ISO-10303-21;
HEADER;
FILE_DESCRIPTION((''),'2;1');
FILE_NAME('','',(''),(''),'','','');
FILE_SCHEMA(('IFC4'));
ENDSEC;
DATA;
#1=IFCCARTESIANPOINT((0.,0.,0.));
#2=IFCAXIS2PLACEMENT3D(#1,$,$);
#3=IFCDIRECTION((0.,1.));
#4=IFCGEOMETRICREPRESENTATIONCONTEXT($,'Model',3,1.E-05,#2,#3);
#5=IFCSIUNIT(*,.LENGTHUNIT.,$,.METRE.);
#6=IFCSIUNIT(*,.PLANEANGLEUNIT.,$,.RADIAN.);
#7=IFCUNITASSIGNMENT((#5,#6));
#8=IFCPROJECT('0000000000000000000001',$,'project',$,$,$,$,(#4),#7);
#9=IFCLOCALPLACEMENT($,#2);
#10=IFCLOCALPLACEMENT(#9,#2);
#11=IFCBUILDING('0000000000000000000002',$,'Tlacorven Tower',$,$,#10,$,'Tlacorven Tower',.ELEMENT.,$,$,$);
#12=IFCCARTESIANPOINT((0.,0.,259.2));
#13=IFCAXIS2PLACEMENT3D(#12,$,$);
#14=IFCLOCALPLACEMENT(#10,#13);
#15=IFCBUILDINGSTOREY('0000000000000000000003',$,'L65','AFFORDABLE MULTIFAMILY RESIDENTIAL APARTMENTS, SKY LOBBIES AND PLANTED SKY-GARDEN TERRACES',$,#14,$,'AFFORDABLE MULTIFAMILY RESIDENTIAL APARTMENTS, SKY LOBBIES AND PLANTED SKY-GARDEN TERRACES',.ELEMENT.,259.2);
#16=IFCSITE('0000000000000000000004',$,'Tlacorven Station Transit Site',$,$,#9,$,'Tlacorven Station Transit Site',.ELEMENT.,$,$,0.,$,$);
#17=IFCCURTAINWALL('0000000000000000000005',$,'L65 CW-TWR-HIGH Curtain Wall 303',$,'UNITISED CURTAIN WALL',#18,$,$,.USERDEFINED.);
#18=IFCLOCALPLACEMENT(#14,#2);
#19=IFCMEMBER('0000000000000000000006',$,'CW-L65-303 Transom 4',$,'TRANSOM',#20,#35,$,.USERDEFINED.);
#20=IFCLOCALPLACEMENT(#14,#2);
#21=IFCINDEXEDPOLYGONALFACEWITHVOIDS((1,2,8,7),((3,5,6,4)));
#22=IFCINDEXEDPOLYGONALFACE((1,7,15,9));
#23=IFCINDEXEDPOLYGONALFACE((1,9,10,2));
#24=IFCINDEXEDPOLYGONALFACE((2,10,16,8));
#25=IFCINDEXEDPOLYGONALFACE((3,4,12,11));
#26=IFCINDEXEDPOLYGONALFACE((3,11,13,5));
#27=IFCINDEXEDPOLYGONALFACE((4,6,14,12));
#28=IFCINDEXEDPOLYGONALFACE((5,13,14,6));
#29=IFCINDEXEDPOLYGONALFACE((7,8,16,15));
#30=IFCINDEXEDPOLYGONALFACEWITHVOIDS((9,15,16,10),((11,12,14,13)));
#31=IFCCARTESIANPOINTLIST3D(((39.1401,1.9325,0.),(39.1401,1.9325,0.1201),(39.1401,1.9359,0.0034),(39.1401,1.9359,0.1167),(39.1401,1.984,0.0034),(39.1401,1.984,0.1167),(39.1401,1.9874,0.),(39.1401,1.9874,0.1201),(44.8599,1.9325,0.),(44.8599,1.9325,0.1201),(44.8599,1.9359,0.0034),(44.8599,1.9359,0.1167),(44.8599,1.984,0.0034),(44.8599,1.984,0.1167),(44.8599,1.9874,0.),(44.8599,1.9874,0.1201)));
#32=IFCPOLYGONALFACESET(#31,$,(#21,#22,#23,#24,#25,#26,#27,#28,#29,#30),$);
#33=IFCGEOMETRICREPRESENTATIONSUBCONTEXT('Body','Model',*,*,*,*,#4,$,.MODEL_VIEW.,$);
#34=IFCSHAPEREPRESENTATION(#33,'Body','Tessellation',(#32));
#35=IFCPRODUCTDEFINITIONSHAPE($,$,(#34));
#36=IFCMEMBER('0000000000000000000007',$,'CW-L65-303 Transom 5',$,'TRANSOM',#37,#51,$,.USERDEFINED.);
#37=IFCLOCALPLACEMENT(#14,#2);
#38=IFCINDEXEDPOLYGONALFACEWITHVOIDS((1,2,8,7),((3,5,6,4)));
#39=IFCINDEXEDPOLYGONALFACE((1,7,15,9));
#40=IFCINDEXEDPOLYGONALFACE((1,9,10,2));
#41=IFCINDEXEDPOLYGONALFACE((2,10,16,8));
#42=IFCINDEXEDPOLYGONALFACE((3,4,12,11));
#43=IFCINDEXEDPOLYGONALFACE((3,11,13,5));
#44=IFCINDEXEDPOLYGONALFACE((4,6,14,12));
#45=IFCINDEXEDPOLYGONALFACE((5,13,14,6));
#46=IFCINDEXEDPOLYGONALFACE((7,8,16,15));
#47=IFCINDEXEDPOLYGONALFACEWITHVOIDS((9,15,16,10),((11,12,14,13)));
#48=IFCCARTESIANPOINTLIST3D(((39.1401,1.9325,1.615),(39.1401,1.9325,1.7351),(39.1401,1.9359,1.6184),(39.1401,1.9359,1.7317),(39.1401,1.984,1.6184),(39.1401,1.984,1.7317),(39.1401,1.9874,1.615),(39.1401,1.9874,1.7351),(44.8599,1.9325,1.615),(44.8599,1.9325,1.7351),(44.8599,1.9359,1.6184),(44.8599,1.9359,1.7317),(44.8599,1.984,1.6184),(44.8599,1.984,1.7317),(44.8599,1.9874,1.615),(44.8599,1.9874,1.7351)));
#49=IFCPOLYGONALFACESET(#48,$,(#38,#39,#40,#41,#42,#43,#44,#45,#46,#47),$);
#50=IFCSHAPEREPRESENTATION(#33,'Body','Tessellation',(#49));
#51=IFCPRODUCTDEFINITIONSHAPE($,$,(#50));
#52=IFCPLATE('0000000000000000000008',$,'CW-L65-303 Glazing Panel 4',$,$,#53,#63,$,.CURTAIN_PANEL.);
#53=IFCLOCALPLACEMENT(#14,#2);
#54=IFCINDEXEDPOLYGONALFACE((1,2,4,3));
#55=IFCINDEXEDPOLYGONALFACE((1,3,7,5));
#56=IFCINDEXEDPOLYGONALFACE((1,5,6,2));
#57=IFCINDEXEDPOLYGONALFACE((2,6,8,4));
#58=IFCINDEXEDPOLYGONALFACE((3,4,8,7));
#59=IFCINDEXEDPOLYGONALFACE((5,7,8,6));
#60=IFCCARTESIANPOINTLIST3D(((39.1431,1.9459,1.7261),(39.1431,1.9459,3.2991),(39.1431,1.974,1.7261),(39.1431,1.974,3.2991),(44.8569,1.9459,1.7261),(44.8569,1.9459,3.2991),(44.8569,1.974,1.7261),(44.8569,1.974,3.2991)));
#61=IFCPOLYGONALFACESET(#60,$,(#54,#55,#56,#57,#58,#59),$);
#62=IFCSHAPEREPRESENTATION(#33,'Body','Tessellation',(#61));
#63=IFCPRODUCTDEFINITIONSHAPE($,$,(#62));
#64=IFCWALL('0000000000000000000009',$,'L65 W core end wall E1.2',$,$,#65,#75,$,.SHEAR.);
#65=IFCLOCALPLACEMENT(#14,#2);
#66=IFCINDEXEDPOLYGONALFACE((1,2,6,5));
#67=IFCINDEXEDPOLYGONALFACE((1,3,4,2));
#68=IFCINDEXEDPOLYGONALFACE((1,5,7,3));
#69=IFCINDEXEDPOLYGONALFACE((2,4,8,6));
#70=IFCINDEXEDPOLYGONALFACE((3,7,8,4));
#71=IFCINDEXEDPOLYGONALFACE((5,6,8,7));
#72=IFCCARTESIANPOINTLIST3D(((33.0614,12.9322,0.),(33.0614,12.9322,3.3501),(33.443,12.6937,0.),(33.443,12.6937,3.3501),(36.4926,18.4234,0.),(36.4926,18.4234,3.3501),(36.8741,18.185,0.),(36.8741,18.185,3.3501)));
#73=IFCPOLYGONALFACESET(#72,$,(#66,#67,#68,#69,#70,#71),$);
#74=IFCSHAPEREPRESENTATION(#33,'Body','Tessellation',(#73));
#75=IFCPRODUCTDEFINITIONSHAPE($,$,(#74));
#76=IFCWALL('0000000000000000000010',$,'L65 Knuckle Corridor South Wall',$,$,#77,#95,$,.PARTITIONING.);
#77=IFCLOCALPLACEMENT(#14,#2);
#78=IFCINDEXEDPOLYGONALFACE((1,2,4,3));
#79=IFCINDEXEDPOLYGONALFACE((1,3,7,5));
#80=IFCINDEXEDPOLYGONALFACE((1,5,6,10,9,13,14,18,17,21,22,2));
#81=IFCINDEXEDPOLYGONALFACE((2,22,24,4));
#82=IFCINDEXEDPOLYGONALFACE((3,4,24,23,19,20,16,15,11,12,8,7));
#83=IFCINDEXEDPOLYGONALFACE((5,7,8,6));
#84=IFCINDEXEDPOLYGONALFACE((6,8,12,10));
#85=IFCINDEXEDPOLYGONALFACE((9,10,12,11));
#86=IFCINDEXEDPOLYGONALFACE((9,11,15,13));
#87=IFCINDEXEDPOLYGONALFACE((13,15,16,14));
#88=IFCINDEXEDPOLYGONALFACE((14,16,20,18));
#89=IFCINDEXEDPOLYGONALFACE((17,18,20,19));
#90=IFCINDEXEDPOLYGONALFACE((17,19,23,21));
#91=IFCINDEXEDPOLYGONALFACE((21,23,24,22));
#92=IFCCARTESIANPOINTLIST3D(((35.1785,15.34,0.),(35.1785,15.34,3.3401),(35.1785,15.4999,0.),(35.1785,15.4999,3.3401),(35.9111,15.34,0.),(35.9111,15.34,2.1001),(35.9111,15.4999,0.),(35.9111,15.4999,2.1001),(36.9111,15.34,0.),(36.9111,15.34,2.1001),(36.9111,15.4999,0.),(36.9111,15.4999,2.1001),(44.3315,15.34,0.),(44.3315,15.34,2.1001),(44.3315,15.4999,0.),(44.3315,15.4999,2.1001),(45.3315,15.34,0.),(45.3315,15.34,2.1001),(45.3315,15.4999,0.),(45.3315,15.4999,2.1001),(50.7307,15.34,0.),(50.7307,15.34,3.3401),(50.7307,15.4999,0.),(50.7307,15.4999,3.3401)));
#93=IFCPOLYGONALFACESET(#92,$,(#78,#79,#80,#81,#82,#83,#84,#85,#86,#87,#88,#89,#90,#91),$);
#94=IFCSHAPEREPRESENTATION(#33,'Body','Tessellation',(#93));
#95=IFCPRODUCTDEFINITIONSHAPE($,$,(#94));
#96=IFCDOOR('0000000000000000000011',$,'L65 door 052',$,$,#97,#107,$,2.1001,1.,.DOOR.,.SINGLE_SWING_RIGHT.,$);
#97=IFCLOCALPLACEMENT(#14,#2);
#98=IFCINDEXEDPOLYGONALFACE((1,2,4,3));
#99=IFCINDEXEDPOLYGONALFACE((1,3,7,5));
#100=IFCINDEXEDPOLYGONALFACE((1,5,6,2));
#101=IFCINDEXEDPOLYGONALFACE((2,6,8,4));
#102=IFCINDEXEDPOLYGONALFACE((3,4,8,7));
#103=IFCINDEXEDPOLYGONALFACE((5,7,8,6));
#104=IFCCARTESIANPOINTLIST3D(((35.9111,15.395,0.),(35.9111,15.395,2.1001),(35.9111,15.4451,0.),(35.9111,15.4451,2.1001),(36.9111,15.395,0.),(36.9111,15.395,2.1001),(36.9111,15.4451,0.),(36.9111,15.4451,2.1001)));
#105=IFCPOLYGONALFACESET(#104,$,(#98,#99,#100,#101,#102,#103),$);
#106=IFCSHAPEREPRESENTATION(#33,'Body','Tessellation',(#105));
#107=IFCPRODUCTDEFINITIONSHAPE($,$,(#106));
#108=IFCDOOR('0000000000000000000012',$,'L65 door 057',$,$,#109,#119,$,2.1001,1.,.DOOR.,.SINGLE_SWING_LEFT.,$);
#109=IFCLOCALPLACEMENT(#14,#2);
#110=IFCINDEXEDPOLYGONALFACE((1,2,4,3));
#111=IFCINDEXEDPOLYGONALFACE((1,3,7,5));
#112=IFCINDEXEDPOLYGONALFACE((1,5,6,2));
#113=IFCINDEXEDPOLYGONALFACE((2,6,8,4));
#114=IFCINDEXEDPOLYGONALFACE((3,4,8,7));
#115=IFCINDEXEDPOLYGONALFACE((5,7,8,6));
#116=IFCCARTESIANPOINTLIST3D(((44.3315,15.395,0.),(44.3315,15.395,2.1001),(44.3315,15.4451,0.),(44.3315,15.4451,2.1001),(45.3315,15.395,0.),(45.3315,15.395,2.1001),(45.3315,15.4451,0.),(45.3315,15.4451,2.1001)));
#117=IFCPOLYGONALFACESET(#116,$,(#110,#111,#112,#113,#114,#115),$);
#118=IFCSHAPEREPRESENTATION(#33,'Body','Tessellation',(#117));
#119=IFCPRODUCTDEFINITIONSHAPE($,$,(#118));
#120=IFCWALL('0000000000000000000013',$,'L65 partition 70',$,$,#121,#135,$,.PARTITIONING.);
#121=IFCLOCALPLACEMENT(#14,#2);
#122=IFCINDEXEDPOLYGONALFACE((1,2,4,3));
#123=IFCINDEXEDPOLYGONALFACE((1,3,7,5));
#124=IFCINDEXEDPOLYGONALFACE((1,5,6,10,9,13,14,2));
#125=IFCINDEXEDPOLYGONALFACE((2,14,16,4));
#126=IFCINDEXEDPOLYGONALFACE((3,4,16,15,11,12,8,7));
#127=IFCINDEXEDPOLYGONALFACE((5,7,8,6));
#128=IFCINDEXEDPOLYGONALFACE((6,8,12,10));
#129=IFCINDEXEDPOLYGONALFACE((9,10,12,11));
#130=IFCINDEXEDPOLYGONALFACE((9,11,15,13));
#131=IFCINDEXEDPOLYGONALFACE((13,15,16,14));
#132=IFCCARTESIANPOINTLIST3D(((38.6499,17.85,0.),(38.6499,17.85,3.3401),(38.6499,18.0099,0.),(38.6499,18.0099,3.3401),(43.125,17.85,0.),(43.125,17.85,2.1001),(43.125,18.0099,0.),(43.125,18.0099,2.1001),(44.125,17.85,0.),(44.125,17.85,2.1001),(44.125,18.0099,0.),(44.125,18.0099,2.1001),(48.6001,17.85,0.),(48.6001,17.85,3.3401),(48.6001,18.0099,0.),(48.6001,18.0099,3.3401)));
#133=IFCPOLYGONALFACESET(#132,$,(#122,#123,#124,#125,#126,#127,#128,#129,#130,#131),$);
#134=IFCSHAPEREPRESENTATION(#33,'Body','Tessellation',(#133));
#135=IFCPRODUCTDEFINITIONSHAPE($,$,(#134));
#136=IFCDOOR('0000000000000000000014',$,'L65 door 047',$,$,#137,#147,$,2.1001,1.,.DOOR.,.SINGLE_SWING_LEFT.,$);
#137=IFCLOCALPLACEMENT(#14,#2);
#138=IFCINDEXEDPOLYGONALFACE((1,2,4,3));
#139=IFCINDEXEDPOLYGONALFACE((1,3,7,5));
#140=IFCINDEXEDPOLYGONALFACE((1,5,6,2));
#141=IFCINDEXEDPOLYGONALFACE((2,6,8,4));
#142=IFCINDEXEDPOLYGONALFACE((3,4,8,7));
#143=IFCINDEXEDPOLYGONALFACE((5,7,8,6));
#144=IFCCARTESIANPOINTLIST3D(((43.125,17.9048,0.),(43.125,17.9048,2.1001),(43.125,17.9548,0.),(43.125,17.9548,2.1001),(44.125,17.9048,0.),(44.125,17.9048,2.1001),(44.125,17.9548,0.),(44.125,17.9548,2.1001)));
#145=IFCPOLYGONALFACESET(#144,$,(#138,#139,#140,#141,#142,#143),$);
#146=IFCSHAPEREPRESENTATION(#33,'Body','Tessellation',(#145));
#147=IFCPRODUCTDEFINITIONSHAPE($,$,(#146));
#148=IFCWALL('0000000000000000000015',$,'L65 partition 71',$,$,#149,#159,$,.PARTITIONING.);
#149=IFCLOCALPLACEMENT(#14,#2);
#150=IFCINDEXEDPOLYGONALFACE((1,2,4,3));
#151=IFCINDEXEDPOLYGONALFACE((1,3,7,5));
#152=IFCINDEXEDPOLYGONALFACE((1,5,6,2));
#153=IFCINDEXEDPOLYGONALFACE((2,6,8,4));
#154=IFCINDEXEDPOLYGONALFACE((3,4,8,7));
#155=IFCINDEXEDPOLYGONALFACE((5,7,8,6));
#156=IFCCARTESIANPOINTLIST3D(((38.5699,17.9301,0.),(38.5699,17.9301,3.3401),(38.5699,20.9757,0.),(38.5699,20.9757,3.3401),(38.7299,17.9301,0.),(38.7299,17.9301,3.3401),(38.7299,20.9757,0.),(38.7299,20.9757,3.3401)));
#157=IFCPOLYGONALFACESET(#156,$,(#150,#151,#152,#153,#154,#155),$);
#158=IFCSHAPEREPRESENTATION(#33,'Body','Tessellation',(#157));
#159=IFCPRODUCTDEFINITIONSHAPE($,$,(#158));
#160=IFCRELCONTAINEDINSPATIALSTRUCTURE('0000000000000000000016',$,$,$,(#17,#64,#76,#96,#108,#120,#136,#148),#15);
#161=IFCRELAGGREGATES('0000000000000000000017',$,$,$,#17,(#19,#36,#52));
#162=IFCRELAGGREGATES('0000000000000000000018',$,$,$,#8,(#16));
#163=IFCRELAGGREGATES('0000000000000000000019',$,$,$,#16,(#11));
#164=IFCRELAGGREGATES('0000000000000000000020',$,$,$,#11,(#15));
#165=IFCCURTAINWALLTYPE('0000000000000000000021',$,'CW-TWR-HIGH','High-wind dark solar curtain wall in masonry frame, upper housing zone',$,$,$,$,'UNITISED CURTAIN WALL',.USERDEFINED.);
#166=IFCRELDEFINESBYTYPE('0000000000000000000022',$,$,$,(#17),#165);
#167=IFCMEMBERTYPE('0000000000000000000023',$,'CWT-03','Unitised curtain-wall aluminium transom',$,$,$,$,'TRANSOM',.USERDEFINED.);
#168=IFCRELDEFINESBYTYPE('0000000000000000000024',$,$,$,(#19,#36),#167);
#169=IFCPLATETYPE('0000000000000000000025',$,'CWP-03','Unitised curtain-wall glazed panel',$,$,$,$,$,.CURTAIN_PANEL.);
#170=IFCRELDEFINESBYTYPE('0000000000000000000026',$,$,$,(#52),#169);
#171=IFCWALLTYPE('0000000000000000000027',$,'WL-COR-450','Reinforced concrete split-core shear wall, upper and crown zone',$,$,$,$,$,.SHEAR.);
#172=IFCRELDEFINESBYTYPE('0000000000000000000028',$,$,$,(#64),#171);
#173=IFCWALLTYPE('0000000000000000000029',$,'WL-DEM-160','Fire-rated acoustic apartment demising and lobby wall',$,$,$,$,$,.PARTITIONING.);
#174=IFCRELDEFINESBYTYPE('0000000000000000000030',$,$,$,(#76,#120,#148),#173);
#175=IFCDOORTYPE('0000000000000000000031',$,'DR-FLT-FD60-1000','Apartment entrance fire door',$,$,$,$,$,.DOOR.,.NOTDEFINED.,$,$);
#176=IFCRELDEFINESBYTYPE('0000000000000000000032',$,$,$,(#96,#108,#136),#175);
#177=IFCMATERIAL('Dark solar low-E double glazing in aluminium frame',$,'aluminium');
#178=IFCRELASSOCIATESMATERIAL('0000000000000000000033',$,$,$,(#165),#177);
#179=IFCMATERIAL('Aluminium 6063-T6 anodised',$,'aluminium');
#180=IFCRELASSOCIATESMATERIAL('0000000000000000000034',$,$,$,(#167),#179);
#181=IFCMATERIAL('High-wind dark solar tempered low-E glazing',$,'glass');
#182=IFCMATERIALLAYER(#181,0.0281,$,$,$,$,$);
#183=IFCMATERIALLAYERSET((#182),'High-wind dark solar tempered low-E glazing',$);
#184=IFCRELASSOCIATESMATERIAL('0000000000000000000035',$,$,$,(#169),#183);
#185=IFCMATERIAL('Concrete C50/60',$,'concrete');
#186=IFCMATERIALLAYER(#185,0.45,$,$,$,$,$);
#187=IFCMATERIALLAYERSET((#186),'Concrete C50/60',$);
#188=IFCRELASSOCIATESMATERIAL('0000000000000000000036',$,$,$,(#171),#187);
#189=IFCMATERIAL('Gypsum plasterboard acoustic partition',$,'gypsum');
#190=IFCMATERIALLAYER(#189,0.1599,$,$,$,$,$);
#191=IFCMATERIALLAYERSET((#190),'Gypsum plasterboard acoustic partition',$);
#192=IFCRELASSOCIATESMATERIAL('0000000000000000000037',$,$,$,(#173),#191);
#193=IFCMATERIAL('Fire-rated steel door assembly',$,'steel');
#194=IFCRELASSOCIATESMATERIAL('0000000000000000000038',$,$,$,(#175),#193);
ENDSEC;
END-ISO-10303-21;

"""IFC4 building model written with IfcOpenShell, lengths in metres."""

from ifc_helpers import new_model, si_unit, direction, frame, frame_2d, origin, origin_2d, place, context, subcontext, project, spatial, rectangle, hollow_rectangle, extrude, source, transform, mapped, material, layer, layer_set, material_profile, profile_set, type_object, element, fill, aggregate, save


model = new_model("IFC4")

# Units and contexts
model_context = context("Model", 3, precision=1e-05, world=origin(), true_north=direction((0.0, 1.0)))
body_context = subcontext(model_context, "Body", "Model", "MODEL_VIEW")
ifc_project = project(units=[si_unit("LENGTHUNIT", "METRE"), si_unit("PLANEANGLEUNIT", "RADIAN")], contexts=[model_context])

# Site, building, storey
site_placement = place(None, origin())
site = spatial("IfcSite", under=ifc_project, at=site_placement, Name="Tlacorven Station Transit Site", LongName="Tlacorven Station Transit Site", CompositionType="ELEMENT", RefElevation=0.0)
building_placement = place(site_placement, origin())
building = spatial("IfcBuilding", under=site, at=building_placement, Name="Tlacorven Tower", LongName="Tlacorven Tower", CompositionType="ELEMENT")
storey_placement = place(building_placement, frame((0.0, 0.0, 259.2)))
storey = spatial("IfcBuildingStorey", under=building, at=storey_placement, Name="L65", Description="AFFORDABLE MULTIFAMILY RESIDENTIAL APARTMENTS, SKY LOBBIES AND PLANTED SKY-GARDEN TERRACES", LongName="AFFORDABLE MULTIFAMILY RESIDENTIAL APARTMENTS, SKY LOBBIES AND PLANTED SKY-GARDEN TERRACES", CompositionType="ELEMENT", Elevation=259.2)

# Curtain wall, members, plate
ifc_material_1 = material(Name="Dark solar low-E double glazing in aluminium frame", Category="aluminium")
curtain_wall_type = type_object("IfcCurtainWallType", Name="CW-TWR-HIGH", Description="High-wind dark solar curtain wall in masonry frame, upper housing zone", ElementType="UNITISED CURTAIN WALL", PredefinedType="USERDEFINED", material=ifc_material_1)
curtain_wall_placement = place(storey_placement, origin())
curtain_wall = element("IfcCurtainWall", 1, at=curtain_wall_placement, inside=storey, type_object=curtain_wall_type, Name="L65 CW-TWR-HIGH Curtain Wall 303", ObjectType="UNITISED CURTAIN WALL", PredefinedType="USERDEFINED")
ifc_material_2 = material(Name="Aluminium 6063-T6 anodised", Category="aluminium")
ifc_material_profile = material_profile(ifc_material_2, hollow_rectangle(XDim=0.0549, YDim=0.1201, WallThickness=0.0034, at=origin_2d()), Name="ALU TRANSOM 55X120")
ifc_profile_set = profile_set([ifc_material_profile], Name="Aluminium 6063-T6 anodised")
member_type = type_object("IfcMemberType", Name="CWT-03", Description="Unitised curtain-wall aluminium transom", ElementType="TRANSOM", PredefinedType="USERDEFINED", material=ifc_profile_set)
shared_shape_1 = source(origin(), body_context, "Body", "SweptSolid", [
    extrude(hollow_rectangle(XDim=0.0549, YDim=0.1201, WallThickness=0.0034, at=origin_2d()), origin(), (0.0, 0.0, 1.0), 5.7197),
])
member_1_placement = place(storey_placement, frame((44.8599, 1.96, 0.0601), z_axis=(-1.0, 0.0, 0.0), x_axis=(0.0, -1.0, 0.0)))
member_1 = element("IfcMember", 2, at=member_1_placement, type_object=member_type, Name="CW-L65-303 Transom 4", ObjectType="TRANSOM", PredefinedType="USERDEFINED", context=body_context, shape_type="MappedRepresentation", body=[
    mapped(shared_shape_1, transform((0.0, 0.0, 0.0), scale=1.0)),
])
member_2_placement = place(storey_placement, frame((44.8599, 1.96, 1.675), z_axis=(-1.0, 0.0, 0.0), x_axis=(0.0, -1.0, 0.0)))
member_2 = element("IfcMember", 3, at=member_2_placement, type_object=member_type, Name="CW-L65-303 Transom 5", ObjectType="TRANSOM", PredefinedType="USERDEFINED", context=body_context, shape_type="MappedRepresentation", body=[
    mapped(shared_shape_1, transform((0.0, 0.0, 0.0), scale=1.0)),
])
ifc_material_3 = material(Name="High-wind dark solar tempered low-E glazing", Category="glass")
ifc_layer_1 = layer(ifc_material_3, 0.0281)
ifc_layer_set_1 = layer_set([ifc_layer_1], Name="High-wind dark solar tempered low-E glazing")
plate_type = type_object("IfcPlateType", Name="CWP-03", Description="Unitised curtain-wall glazed panel", PredefinedType="CURTAIN_PANEL", material=ifc_layer_set_1)
shared_shape_2 = source(origin(), body_context, "Body", "SweptSolid", [
    extrude(rectangle(XDim=5.7139, YDim=0.0281, at=origin_2d()), origin(), (0.0, 0.0, 1.0), 1.573),
])
plate_placement = place(storey_placement, frame((42.0, 1.96, 1.7261), z_axis=(0.0, 0.0, 1.0), x_axis=(-1.0, 0.0, 0.0)))
plate = element("IfcPlate", 4, at=plate_placement, type_object=plate_type, Name="CW-L65-303 Glazing Panel 4", PredefinedType="CURTAIN_PANEL", context=body_context, shape_type="MappedRepresentation", body=[
    mapped(shared_shape_2, transform((0.0, 0.0, 0.0), scale=1.0)),
])
aggregate(curtain_wall, [member_1, member_2, plate])

# Wall
ifc_material_4 = material(Name="Concrete C50/60", Category="concrete")
ifc_layer_2 = layer(ifc_material_4, 0.45)
ifc_layer_set_2 = layer_set([ifc_layer_2], Name="Concrete C50/60")
wall_type_1 = type_object("IfcWallType", Name="WL-COR-450", Description="Reinforced concrete split-core shear wall, upper and crown zone", PredefinedType="SHEAR", material=ifc_layer_set_2)
wall_1_placement = place(storey_placement, frame((36.6833, 18.3042, 0.0), z_axis=(0.0, 0.0, 1.0), x_axis=(-0.529904, -0.848058, 0.0)))
element("IfcWall", 5, at=wall_1_placement, inside=storey, type_object=wall_type_1, Name="L65 W core end wall E1.2", PredefinedType="SHEAR", context=body_context, shape_type="SweptSolid", body=[
    extrude(rectangle(XDim=6.4751, YDim=0.45, at=frame_2d((3.2375, 0.0))), origin(), (0.0, 0.0, 1.0), 3.3501),
])

# Wall, openings, doors
ifc_material_5 = material(Name="Gypsum plasterboard acoustic partition", Category="gypsum")
ifc_layer_3 = layer(ifc_material_5, 0.1599)
ifc_layer_set_3 = layer_set([ifc_layer_3], Name="Gypsum plasterboard acoustic partition")
wall_type_2 = type_object("IfcWallType", Name="WL-DEM-160", Description="Fire-rated acoustic apartment demising and lobby wall", PredefinedType="PARTITIONING", material=ifc_layer_set_3)
wall_2_placement = place(storey_placement, frame((35.1785, 15.4199, 0.0), z_axis=(0.0, 0.0, 1.0), x_axis=(1.0, 0.0, 0.0)))
wall_2 = element("IfcWall", 6, at=wall_2_placement, inside=storey, type_object=wall_type_2, Name="L65 Knuckle Corridor South Wall", PredefinedType="PARTITIONING", context=body_context, shape_type="SweptSolid", body=[
    extrude(rectangle(XDim=15.5522, YDim=0.1599, at=frame_2d((7.7761, 0.0))), origin(), (0.0, 0.0, 1.0), 3.3401),
])
opening_1_placement = place(wall_2_placement, frame((0.7327, 0.0, 0.0)))
opening_1 = element("IfcOpeningElement", 7, at=opening_1_placement, cuts=wall_2, PredefinedType="OPENING", context=body_context, shape_type="SweptSolid", body=[
    extrude(rectangle(XDim=1.0, YDim=2.1001, at=frame_2d((0.5, 1.05))), frame((0.0, 0.0898, 0.0), z_axis=(0.0, -1.0, 0.0), x_axis=(1.0, 0.0, 0.0)), (0.0, 0.0, 1.0), 0.1799),
])
opening_2_placement = place(wall_2_placement, frame((9.1531, 0.0, 0.0)))
opening_2 = element("IfcOpeningElement", 8, at=opening_2_placement, cuts=wall_2, PredefinedType="OPENING", context=body_context, shape_type="SweptSolid", body=[
    extrude(rectangle(XDim=1.0, YDim=2.1001, at=frame_2d((0.5, 1.05))), frame((0.0, 0.0898, 0.0), z_axis=(0.0, -1.0, 0.0), x_axis=(1.0, 0.0, 0.0)), (0.0, 0.0, 1.0), 0.1799),
])
ifc_material_6 = material(Name="Fire-rated steel door assembly", Category="steel")
door_type_1 = type_object("IfcDoorType", Name="DR-FLT-FD60-1000", Description="Apartment entrance fire door", OperationType="NOTDEFINED", PredefinedType="DOOR", material=ifc_material_6)
shared_shape_3 = source(origin(), body_context, "Body", "SweptSolid", [
    extrude(rectangle(XDim=1.0, YDim=2.1001, at=frame_2d((0.5, 1.05))), frame((0.0, 0.0249, 0.0), z_axis=(0.0, -1.0, 0.0), x_axis=(1.0, 0.0, 0.0)), (0.0, 0.0, 1.0), 0.05),
])
door_1_placement = place(opening_1_placement, frame((1.0, 0.0, 0.0), z_axis=(0.0, 0.0, 1.0), x_axis=(-1.0, 0.0, 0.0)))
door_1 = element("IfcDoor", 9, at=door_1_placement, inside=storey, type_object=door_type_1, Name="L65 door 052", OperationType="SINGLE_SWING_RIGHT", OverallHeight=2.1001, OverallWidth=1.0, PredefinedType="DOOR", context=body_context, shape_type="MappedRepresentation", body=[
    mapped(shared_shape_3, transform((0.0, 0.0, 0.0), scale=1.0)),
])
fill(opening_1, door_1)
door_2_placement = place(opening_2_placement, frame((1.0, 0.0, 0.0), z_axis=(0.0, 0.0, 1.0), x_axis=(-1.0, 0.0, 0.0)))
door_2 = element("IfcDoor", 10, at=door_2_placement, inside=storey, type_object=door_type_1, Name="L65 door 057", OperationType="SINGLE_SWING_LEFT", OverallHeight=2.1001, OverallWidth=1.0, PredefinedType="DOOR", context=body_context, shape_type="MappedRepresentation", body=[
    mapped(shared_shape_3, transform((0.0, 0.0, 0.0), scale=1.0)),
])
fill(opening_2, door_2)

# Wall, opening, door
wall_3_placement = place(storey_placement, frame((38.6499, 17.9299, 0.0), z_axis=(0.0, 0.0, 1.0), x_axis=(1.0, 0.0, 0.0)))
wall_3 = element("IfcWall", 11, at=wall_3_placement, inside=storey, type_object=wall_type_2, Name="L65 partition 70", PredefinedType="PARTITIONING", context=body_context, shape_type="SweptSolid", body=[
    extrude(rectangle(XDim=9.9502, YDim=0.1599, at=frame_2d((4.9751, 0.0))), origin(), (0.0, 0.0, 1.0), 3.3401),
])
opening_3_placement = place(wall_3_placement, frame((4.4751, 0.0, 0.0)))
opening_3 = element("IfcOpeningElement", 12, at=opening_3_placement, cuts=wall_3, PredefinedType="OPENING", context=body_context, shape_type="SweptSolid", body=[
    extrude(rectangle(XDim=1.0, YDim=2.1001, at=frame_2d((0.5, 1.05))), frame((0.0, 0.0898, 0.0), z_axis=(0.0, -1.0, 0.0), x_axis=(1.0, 0.0, 0.0)), (0.0, 0.0, 1.0), 0.1799),
])
door_3_placement = place(opening_3_placement, origin())
door_3 = element("IfcDoor", 13, at=door_3_placement, inside=storey, type_object=door_type_1, Name="L65 door 047", OperationType="SINGLE_SWING_LEFT", OverallHeight=2.1001, OverallWidth=1.0, PredefinedType="DOOR", context=body_context, shape_type="MappedRepresentation", body=[
    mapped(shared_shape_3, transform((0.0, 0.0, 0.0), scale=1.0)),
])
fill(opening_3, door_3)

# Wall
wall_4_placement = place(storey_placement, frame((38.6499, 17.9299, 0.0), z_axis=(0.0, 0.0, 1.0), x_axis=(0.0, 1.0, 0.0)))
element("IfcWall", 14, at=wall_4_placement, inside=storey, type_object=wall_type_2, Name="L65 partition 71", PredefinedType="PARTITIONING", context=body_context, shape_type="SweptSolid", body=[
    extrude(rectangle(XDim=3.0457, YDim=0.1599, at=frame_2d((1.5229, 0.0))), origin(), (0.0, 0.0, 1.0), 3.3401),
])

save(model, "model.ifc")
